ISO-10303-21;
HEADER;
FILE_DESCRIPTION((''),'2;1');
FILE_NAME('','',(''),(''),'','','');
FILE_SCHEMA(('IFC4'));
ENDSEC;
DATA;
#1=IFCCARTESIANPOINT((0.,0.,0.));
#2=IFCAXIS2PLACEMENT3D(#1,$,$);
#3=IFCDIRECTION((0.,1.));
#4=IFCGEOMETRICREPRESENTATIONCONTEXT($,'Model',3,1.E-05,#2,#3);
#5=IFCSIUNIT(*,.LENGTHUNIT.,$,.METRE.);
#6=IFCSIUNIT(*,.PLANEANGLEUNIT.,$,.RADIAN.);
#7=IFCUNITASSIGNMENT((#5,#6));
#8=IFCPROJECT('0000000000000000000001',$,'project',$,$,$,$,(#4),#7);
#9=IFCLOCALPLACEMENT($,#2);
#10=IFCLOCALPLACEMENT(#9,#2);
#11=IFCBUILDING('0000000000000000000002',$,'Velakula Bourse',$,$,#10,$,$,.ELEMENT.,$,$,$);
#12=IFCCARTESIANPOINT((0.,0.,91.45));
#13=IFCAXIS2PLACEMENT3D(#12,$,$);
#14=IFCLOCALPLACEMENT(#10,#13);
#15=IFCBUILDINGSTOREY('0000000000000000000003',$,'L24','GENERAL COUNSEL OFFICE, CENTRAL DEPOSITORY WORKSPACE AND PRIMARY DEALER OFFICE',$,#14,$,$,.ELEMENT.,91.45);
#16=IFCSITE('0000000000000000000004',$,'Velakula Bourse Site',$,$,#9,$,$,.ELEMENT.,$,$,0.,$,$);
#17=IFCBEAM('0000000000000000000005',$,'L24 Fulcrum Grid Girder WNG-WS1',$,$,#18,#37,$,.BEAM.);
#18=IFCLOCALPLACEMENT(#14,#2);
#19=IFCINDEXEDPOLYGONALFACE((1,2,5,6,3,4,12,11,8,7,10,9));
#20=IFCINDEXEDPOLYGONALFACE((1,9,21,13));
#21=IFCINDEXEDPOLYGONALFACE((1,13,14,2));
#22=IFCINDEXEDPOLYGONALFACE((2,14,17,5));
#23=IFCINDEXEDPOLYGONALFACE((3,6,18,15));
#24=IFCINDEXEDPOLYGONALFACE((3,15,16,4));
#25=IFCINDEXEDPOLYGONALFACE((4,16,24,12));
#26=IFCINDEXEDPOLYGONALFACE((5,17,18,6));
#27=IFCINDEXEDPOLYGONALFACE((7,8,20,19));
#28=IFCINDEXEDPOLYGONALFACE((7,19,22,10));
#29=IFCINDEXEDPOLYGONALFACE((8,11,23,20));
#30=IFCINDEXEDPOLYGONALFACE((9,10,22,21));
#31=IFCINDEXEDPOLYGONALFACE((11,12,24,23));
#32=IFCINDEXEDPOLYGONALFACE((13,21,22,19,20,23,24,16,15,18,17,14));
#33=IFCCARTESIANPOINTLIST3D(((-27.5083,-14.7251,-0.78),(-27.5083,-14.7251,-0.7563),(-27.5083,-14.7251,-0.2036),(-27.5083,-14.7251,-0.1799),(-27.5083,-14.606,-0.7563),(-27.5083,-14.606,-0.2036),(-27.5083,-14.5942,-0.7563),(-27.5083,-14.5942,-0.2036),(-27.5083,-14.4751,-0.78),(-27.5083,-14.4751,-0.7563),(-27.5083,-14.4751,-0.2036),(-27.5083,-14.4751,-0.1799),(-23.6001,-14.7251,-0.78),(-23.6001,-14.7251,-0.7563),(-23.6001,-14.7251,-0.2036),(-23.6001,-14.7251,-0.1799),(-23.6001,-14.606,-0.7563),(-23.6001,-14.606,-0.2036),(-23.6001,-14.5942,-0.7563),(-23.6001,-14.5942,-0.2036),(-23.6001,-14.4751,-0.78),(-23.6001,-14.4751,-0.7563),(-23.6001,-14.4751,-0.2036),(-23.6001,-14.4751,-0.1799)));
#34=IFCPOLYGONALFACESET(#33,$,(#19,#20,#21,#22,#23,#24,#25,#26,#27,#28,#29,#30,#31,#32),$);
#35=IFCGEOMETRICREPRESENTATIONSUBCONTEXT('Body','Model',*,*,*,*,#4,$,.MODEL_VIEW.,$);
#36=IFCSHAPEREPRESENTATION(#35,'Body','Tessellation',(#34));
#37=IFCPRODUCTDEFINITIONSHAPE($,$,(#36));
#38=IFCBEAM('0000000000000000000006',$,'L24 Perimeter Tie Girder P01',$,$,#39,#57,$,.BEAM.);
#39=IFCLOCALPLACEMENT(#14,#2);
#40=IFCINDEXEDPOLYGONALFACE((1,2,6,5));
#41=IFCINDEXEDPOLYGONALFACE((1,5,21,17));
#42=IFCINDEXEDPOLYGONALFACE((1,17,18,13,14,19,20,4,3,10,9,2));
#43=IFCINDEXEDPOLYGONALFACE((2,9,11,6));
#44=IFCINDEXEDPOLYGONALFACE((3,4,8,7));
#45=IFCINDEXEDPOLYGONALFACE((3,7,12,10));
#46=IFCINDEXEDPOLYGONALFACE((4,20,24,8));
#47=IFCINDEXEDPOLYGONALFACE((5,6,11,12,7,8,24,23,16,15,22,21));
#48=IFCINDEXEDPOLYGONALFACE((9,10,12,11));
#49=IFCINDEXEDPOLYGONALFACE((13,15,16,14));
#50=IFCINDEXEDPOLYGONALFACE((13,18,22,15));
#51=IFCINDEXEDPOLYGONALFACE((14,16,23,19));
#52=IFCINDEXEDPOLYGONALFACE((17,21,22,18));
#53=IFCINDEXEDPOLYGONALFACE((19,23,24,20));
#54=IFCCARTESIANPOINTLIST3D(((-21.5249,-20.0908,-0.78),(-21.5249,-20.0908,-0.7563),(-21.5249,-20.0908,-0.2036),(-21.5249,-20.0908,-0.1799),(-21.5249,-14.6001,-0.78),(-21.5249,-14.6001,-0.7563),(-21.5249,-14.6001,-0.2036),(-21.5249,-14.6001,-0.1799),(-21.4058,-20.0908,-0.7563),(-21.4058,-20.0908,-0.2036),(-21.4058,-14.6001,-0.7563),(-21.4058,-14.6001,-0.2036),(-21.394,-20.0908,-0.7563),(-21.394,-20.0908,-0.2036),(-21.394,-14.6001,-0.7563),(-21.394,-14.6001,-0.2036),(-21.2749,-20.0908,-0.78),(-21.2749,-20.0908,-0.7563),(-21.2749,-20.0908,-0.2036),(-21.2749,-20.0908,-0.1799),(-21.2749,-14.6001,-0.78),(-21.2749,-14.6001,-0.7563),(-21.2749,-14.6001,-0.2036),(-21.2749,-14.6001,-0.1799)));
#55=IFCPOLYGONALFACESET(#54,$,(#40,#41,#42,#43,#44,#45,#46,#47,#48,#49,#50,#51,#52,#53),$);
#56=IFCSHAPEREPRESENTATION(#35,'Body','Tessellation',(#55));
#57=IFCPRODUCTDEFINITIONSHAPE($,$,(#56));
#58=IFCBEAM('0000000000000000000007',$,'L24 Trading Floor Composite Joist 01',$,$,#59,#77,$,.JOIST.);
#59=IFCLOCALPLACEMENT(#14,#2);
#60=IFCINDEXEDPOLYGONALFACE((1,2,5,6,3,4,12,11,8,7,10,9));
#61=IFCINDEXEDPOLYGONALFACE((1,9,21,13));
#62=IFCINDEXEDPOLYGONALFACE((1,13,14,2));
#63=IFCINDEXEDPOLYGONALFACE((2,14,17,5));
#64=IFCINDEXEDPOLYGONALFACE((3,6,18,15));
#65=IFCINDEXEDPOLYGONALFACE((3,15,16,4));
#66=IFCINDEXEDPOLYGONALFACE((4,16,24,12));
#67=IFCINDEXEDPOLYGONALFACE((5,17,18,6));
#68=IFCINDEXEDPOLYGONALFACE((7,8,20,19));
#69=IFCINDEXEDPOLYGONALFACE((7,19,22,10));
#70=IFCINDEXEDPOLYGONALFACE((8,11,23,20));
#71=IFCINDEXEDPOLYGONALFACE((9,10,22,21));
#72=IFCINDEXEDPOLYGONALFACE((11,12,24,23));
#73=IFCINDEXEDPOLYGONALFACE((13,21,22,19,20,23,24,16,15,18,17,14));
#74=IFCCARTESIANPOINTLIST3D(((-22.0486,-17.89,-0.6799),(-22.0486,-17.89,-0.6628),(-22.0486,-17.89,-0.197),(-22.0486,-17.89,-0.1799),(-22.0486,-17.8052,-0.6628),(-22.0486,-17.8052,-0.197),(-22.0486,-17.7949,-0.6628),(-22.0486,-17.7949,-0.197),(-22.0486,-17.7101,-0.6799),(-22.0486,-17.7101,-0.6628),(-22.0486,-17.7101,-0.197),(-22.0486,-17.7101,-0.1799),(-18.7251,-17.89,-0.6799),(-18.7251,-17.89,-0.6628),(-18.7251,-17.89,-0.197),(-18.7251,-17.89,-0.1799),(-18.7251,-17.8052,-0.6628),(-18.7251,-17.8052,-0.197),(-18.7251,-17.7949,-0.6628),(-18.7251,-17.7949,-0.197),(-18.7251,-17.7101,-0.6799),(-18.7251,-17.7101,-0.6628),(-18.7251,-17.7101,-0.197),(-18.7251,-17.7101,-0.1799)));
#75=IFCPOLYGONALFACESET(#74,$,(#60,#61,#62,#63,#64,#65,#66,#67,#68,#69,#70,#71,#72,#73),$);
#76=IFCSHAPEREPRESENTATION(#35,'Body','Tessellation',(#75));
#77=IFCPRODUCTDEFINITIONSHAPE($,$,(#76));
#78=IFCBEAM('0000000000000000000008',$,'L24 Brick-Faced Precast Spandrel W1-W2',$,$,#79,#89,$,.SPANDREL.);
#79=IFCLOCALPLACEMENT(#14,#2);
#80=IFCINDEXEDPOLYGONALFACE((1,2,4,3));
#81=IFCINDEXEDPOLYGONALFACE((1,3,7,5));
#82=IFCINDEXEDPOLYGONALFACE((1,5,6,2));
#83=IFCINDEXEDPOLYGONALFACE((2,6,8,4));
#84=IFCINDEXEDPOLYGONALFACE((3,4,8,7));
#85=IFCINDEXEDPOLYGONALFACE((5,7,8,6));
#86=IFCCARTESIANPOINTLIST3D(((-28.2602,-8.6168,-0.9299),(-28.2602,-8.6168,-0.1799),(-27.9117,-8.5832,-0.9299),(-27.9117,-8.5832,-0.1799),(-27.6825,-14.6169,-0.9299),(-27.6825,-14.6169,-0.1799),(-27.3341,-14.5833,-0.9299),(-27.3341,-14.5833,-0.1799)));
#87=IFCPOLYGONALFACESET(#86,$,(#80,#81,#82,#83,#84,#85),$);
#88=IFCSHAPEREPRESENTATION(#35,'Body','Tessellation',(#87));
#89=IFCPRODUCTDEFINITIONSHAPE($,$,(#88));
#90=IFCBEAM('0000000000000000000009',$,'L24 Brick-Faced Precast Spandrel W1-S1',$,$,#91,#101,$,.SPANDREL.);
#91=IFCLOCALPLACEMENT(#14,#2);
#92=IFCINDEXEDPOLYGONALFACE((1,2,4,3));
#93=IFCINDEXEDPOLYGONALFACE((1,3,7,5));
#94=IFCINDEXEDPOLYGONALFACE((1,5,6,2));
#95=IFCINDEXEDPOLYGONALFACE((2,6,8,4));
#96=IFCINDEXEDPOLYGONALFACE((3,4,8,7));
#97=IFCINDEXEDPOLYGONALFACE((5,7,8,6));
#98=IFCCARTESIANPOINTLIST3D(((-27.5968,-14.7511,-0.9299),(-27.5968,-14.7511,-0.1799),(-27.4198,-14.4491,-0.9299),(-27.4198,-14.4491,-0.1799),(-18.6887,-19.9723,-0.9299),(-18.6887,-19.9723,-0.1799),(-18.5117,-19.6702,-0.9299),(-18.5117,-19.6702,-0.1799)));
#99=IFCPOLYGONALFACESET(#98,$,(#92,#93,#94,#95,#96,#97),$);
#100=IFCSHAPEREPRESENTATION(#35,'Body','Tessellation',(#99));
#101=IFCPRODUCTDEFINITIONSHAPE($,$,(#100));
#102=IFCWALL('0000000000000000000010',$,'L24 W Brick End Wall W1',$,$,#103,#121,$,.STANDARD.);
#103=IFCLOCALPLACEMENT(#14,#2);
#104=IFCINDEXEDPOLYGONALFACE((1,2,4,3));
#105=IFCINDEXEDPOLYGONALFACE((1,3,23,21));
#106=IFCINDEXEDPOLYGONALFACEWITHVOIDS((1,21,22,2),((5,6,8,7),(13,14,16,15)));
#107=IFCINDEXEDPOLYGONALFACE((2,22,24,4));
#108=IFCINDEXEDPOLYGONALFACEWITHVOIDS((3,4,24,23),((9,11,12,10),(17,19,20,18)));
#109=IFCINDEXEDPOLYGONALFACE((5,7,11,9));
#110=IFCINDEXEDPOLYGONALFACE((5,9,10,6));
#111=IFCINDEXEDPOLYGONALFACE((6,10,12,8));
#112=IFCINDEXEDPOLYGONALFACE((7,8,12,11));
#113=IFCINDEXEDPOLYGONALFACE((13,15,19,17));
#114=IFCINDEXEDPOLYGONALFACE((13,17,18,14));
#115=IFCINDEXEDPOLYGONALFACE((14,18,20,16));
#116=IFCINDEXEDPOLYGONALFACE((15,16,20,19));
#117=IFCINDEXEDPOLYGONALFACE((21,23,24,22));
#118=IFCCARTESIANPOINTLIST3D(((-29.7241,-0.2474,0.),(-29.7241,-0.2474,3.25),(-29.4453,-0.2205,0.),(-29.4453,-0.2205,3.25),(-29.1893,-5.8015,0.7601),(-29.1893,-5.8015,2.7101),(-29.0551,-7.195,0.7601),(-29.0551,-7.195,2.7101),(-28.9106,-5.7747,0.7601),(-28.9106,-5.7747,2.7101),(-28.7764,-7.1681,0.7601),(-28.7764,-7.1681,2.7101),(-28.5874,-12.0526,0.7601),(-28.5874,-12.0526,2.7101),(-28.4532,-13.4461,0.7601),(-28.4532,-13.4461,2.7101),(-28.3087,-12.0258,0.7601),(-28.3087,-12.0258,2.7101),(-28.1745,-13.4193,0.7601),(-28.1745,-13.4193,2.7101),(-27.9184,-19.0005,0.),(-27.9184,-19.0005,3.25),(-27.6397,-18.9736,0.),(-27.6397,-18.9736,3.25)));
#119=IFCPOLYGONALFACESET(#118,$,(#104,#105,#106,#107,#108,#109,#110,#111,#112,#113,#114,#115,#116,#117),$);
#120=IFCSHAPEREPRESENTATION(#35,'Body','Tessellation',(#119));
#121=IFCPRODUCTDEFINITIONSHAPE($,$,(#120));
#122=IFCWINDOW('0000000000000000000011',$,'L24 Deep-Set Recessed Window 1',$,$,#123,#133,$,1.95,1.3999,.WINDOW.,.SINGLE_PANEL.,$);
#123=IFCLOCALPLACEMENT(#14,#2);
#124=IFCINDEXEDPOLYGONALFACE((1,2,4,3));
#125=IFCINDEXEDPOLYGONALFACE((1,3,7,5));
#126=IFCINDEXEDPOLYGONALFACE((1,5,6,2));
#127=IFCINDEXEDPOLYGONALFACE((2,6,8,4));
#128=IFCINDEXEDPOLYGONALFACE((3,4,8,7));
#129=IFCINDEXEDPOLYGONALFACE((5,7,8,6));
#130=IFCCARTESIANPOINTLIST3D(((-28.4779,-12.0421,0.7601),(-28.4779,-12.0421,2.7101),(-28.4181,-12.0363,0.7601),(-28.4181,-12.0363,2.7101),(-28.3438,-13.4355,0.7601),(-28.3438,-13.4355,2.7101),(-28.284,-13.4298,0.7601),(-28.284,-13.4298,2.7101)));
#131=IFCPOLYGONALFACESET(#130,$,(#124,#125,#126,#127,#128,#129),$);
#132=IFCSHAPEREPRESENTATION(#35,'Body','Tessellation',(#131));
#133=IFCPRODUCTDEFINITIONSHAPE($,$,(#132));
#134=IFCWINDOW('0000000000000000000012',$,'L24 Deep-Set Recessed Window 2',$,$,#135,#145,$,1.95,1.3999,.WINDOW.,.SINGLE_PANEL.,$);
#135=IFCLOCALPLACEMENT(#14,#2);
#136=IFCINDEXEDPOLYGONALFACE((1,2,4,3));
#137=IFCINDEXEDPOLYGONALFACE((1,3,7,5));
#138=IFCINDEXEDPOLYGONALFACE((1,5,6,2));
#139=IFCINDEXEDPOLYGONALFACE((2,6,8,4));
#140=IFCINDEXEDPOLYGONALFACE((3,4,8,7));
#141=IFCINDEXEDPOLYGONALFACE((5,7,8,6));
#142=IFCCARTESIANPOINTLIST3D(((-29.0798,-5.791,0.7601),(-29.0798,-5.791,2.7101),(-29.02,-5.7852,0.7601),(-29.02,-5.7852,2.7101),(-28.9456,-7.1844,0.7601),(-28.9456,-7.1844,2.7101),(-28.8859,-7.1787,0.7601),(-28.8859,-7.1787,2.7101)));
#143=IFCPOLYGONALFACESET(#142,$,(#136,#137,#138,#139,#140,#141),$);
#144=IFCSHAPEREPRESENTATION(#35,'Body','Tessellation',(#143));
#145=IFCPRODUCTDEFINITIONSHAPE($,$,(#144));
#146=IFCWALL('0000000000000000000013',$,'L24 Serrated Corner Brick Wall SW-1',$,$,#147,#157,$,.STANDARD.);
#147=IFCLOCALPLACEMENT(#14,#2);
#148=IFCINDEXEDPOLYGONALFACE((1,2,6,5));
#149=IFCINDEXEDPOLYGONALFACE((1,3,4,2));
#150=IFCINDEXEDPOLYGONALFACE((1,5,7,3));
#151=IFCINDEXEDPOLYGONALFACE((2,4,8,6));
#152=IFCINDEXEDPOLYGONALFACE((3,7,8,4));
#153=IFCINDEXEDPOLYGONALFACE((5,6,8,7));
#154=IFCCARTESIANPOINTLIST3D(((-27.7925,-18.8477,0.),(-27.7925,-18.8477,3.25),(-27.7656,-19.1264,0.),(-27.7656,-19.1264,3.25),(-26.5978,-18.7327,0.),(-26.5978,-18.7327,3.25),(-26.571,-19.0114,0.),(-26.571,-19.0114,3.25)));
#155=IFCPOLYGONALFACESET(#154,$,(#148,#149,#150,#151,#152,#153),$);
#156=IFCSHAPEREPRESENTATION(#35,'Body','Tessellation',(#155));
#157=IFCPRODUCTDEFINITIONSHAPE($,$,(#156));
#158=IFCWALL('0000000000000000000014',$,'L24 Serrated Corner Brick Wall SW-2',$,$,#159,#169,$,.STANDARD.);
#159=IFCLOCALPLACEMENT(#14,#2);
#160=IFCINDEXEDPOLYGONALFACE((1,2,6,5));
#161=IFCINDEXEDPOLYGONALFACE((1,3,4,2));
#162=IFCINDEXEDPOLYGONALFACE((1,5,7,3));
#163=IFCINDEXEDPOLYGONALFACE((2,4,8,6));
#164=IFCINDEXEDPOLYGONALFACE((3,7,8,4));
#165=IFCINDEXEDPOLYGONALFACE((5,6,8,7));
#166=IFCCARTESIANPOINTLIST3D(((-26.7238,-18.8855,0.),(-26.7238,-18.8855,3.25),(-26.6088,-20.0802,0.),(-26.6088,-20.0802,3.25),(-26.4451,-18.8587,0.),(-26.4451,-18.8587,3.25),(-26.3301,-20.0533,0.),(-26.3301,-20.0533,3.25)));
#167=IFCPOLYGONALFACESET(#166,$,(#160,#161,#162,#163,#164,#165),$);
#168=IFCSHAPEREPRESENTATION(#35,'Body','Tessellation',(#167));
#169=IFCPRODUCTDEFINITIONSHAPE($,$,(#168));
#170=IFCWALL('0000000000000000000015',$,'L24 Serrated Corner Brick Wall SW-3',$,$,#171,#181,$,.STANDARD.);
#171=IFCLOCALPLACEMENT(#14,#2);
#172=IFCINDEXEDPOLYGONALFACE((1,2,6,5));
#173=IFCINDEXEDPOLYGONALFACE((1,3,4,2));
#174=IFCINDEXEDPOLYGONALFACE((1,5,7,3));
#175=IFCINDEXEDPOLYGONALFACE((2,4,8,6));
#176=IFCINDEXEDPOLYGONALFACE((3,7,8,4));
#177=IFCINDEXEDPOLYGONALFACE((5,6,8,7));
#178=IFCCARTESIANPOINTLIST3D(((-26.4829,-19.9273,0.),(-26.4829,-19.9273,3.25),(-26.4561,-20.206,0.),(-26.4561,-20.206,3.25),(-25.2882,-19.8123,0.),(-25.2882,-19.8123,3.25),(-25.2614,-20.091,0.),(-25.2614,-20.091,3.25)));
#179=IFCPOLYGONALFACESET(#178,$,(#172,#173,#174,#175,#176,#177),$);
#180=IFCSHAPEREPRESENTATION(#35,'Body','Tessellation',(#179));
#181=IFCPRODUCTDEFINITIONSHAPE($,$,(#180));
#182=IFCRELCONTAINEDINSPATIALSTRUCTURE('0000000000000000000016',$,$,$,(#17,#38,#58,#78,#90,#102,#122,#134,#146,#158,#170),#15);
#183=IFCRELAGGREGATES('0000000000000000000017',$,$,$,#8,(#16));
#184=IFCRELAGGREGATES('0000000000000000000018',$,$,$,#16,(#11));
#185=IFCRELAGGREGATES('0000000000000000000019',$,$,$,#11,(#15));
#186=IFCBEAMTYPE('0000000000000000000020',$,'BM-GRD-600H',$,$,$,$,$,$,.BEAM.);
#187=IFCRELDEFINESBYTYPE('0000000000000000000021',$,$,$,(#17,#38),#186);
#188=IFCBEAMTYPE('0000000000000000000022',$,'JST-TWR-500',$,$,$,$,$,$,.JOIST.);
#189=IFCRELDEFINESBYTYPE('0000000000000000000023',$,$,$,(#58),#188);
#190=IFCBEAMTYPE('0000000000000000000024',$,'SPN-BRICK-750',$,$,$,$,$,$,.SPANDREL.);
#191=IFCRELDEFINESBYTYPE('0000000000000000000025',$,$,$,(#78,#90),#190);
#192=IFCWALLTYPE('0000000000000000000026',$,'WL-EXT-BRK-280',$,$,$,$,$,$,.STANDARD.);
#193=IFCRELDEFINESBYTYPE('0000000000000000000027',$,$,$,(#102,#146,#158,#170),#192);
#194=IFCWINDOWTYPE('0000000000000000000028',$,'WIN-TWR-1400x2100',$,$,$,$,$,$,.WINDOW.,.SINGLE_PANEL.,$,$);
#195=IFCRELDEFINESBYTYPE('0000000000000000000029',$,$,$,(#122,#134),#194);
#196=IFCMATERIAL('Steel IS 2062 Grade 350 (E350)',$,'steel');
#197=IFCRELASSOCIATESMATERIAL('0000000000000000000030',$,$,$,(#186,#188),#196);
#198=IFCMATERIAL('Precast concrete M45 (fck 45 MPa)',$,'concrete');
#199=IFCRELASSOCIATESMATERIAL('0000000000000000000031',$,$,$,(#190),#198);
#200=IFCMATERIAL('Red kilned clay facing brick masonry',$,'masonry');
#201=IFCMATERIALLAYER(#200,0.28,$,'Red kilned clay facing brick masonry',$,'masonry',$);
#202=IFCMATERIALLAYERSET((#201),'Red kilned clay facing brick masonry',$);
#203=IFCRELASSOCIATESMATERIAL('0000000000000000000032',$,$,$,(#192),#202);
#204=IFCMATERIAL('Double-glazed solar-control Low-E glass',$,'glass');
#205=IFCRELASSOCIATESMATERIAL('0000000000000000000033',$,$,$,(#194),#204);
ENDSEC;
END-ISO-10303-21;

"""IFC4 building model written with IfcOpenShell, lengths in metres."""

from ifc_helpers import new_model, si_unit, direction, frame, frame_2d, origin, origin_2d, place, context, subcontext, project, spatial, rectangle, i_section, extrude, material, layer, layer_set, material_profile, profile_set, type_object, element, fill, save


model = new_model("IFC4")

# Units and contexts
model_context = context("Model", 3, precision=1e-05, world=origin(), true_north=direction((0.0, 1.0)))
body_context = subcontext(model_context, "Body", "Model", "MODEL_VIEW")
ifc_project = project(units=[si_unit("LENGTHUNIT", "METRE"), si_unit("PLANEANGLEUNIT", "RADIAN")], contexts=[model_context])

# Site, building, storey
site_placement = place(None, origin())
site = spatial("IfcSite", under=ifc_project, at=site_placement, Name="Velakula Bourse Site", CompositionType="ELEMENT", RefElevation=0.0)
building_placement = place(site_placement, origin())
building = spatial("IfcBuilding", under=site, at=building_placement, Name="Velakula Bourse", CompositionType="ELEMENT")
storey_placement = place(building_placement, frame((0.0, 0.0, 91.45)))
storey = spatial("IfcBuildingStorey", under=building, at=storey_placement, Name="L24", Description="GENERAL COUNSEL OFFICE, CENTRAL DEPOSITORY WORKSPACE AND PRIMARY DEALER OFFICE", CompositionType="ELEMENT", Elevation=91.45)

# Shared definitions
ifc_material_1 = material(Name="Precast concrete M45 (fck 45 MPa)", Category="concrete")

# Beams
ifc_material_2 = material(Name="Steel IS 2062 Grade 350 (E350)", Category="steel")
ifc_material_profile_1 = material_profile(ifc_material_2, i_section(OverallWidth=0.25, OverallDepth=0.6001, WebThickness=0.0117, FlangeThickness=0.0237, at=origin_2d()), Name="Steel IS 2062 Grade 350 (E350)")
ifc_profile_set_1 = profile_set([ifc_material_profile_1], Name="Steel IS 2062 Grade 350 (E350)")
beam_type_1 = type_object("IfcBeamType", Name="BM-GRD-600H", PredefinedType="BEAM", material=ifc_profile_set_1)
beam_1_placement = place(storey_placement, frame((-27.5083, -14.6001, -0.48), z_axis=(1.0, 0.0, 0.0), x_axis=(0.0, 1.0, 0.0)))
element("IfcBeam", 1, at=beam_1_placement, inside=storey, type_object=beam_type_1, Name="L24 Fulcrum Grid Girder WNG-WS1", PredefinedType="BEAM", context=body_context, shape_type="SweptSolid", body=[
    extrude(i_section(OverallWidth=0.25, OverallDepth=0.6001, WebThickness=0.0117, FlangeThickness=0.0237, at=origin_2d()), origin(), (0.0, 0.0, 1.0), 3.9082),
])
beam_2_placement = place(storey_placement, frame((-21.3999, -14.6001, -0.48), z_axis=(0.0, -1.0, 0.0), x_axis=(1.0, 0.0, 0.0)))
element("IfcBeam", 2, at=beam_2_placement, inside=storey, type_object=beam_type_1, Name="L24 Perimeter Tie Girder P01", PredefinedType="BEAM", context=body_context, shape_type="SweptSolid", body=[
    extrude(i_section(OverallWidth=0.25, OverallDepth=0.6001, WebThickness=0.0117, FlangeThickness=0.0237, at=origin_2d()), origin(), (0.0, 0.0, 1.0), 5.4907),
])
ifc_material_profile_2 = material_profile(ifc_material_2, i_section(OverallWidth=0.1799, OverallDepth=0.5, WebThickness=0.0103, FlangeThickness=0.0171, at=origin_2d()), Name="Steel IS 2062 Grade 350 (E350)")
ifc_profile_set_2 = profile_set([ifc_material_profile_2], Name="Steel IS 2062 Grade 350 (E350)")
beam_type_2 = type_object("IfcBeamType", Name="JST-TWR-500", PredefinedType="JOIST", material=ifc_profile_set_2)
beam_3_placement = place(storey_placement, frame((-22.0486, -17.8, -0.4299), z_axis=(1.0, 0.0, 0.0), x_axis=(0.0, 1.0, 0.0)))
element("IfcBeam", 3, at=beam_3_placement, inside=storey, type_object=beam_type_2, Name="L24 Trading Floor Composite Joist 01", PredefinedType="JOIST", context=body_context, shape_type="SweptSolid", body=[
    extrude(i_section(OverallWidth=0.1799, OverallDepth=0.5, WebThickness=0.0103, FlangeThickness=0.0171, at=origin_2d()), origin(), (0.0, 0.0, 1.0), 3.3235),
])
ifc_material_profile_3 = material_profile(ifc_material_1, rectangle(XDim=0.3501, YDim=0.75, at=origin_2d()), Name="Precast concrete M45 (fck 45 MPa)")
ifc_profile_set_3 = profile_set([ifc_material_profile_3], Name="Precast concrete M45 (fck 45 MPa)")
beam_type_3 = type_object("IfcBeamType", Name="SPN-BRICK-750", PredefinedType="SPANDREL", material=ifc_profile_set_3)
beam_4_placement = place(storey_placement, frame((-27.5083, -14.6001, -0.5549), z_axis=(-0.09583, 0.995398, 0.0), x_axis=(-0.995398, -0.09583, 0.0)))
element("IfcBeam", 4, at=beam_4_placement, inside=storey, type_object=beam_type_3, Name="L24 Brick-Faced Precast Spandrel W1-W2", PredefinedType="SPANDREL", context=body_context, shape_type="SweptSolid", body=[
    extrude(rectangle(XDim=0.3501, YDim=0.75, at=origin_2d()), origin(), (0.0, 0.0, 1.0), 6.0278),
])
beam_5_placement = place(storey_placement, frame((-27.5083, -14.6001, -0.5549), z_axis=(0.862734, -0.505658, 0.0), x_axis=(0.505658, 0.862734, 0.0)))
element("IfcBeam", 5, at=beam_5_placement, inside=storey, type_object=beam_type_3, Name="L24 Brick-Faced Precast Spandrel W1-S1", PredefinedType="SPANDREL", context=body_context, shape_type="SweptSolid", body=[
    extrude(rectangle(XDim=0.3501, YDim=0.75, at=origin_2d()), origin(), (0.0, 0.0, 1.0), 10.3254),
])

# Wall, openings, windows
ifc_material_3 = material(Name="Red kilned clay facing brick masonry", Category="masonry")
ifc_layer_1 = layer(ifc_material_3, 0.28, Name="Red kilned clay facing brick masonry", Category="masonry")
ifc_layer_set_1 = layer_set([ifc_layer_1], Name="Red kilned clay facing brick masonry")
wall_type_1 = type_object("IfcWallType", Name="WL-EXT-BRK-280", PredefinedType="STANDARD", material=ifc_layer_set_1)
wall_1_placement = place(storey_placement, frame((-27.7791, -18.9871, 0.0), z_axis=(0.0, 0.0, 1.0), x_axis=(-0.095843, 0.995397, 0.0)))
wall_1 = element("IfcWall", 6, at=wall_1_placement, inside=storey, type_object=wall_type_1, Name="L24 W Brick End Wall W1", PredefinedType="STANDARD", context=body_context, shape_type="SweptSolid", body=[
    extrude(rectangle(XDim=18.8398, YDim=0.28, at=frame_2d((9.4199, 0.0))), origin(), (0.0, 0.0, 1.0), 3.25),
])
opening_1_placement = place(wall_1_placement, frame((5.5801, 0.0, 0.76)))
opening_1 = element("IfcOpeningElement", 7, at=opening_1_placement, cuts=wall_1, PredefinedType="OPENING", context=body_context, shape_type="SweptSolid", body=[
    extrude(rectangle(XDim=1.3999, YDim=1.95, at=frame_2d((0.7, 0.9751))), frame((0.0, 0.1499, 0.0), z_axis=(0.0, -1.0, 0.0), x_axis=(1.0, 0.0, 0.0)), (0.0, 0.0, 1.0), 0.3),
])
opening_2_placement = place(wall_1_placement, frame((11.8601, 0.0, 0.76)))
opening_2 = element("IfcOpeningElement", 8, at=opening_2_placement, cuts=wall_1, PredefinedType="OPENING", context=body_context, shape_type="SweptSolid", body=[
    extrude(rectangle(XDim=1.3999, YDim=1.95, at=frame_2d((0.7, 0.9751))), frame((0.0, 0.1499, 0.0), z_axis=(0.0, -1.0, 0.0), x_axis=(1.0, 0.0, 0.0)), (0.0, 0.0, 1.0), 0.3),
])
ifc_material_4 = material(Name="Double-glazed solar-control Low-E glass", Category="glass")
window_type = type_object("IfcWindowType", Name="WIN-TWR-1400x2100", PartitioningType="SINGLE_PANEL", PredefinedType="WINDOW", material=ifc_material_4)
window_1_placement = place(opening_1_placement, origin())
window_1 = element("IfcWindow", 9, at=window_1_placement, inside=storey, type_object=window_type, Name="L24 Deep-Set Recessed Window 1", OverallHeight=1.95, OverallWidth=1.3999, PartitioningType="SINGLE_PANEL", PredefinedType="WINDOW", context=body_context, shape_type="SweptSolid", body=[
    extrude(rectangle(XDim=1.3999, YDim=1.95, at=frame_2d((0.7, 0.9751))), frame((0.0, 0.03, 0.0), z_axis=(0.0, -1.0, 0.0), x_axis=(1.0, 0.0, 0.0)), (0.0, 0.0, 1.0), 0.0601),
])
fill(opening_1, window_1)
window_2_placement = place(opening_2_placement, origin())
window_2 = element("IfcWindow", 10, at=window_2_placement, inside=storey, type_object=window_type, Name="L24 Deep-Set Recessed Window 2", OverallHeight=1.95, OverallWidth=1.3999, PartitioningType="SINGLE_PANEL", PredefinedType="WINDOW", context=body_context, shape_type="SweptSolid", body=[
    extrude(rectangle(XDim=1.3999, YDim=1.95, at=frame_2d((0.7, 0.9751))), frame((0.0, 0.03, 0.0), z_axis=(0.0, -1.0, 0.0), x_axis=(1.0, 0.0, 0.0)), (0.0, 0.0, 1.0), 0.0601),
])
fill(opening_2, window_2)

# Walls
for number, where, z_axis, x_axis, name in (
    (11, (-27.7791, -18.9871, 0.0), (0.0, 0.0, 1.0), (0.995399, 0.095817, 0.0), "L24 Serrated Corner Brick Wall SW-1"),
    (12, (-26.5845, -18.8721, 0.0), (0.0, 0.0, 1.0), (0.095817, -0.995399, 0.0), "L24 Serrated Corner Brick Wall SW-2"),
    (13, (-26.4695, -20.0667, 0.0), (0.0, 0.0, 1.0), (0.995399, 0.095817, 0.0), "L24 Serrated Corner Brick Wall SW-3"),
):
    element("IfcWall", number, at=place(storey_placement, frame(where, z_axis=z_axis, x_axis=x_axis)), inside=storey, type_object=wall_type_1, Name=name, PredefinedType="STANDARD", context=body_context, shape_type="SweptSolid", body=[
        extrude(rectangle(XDim=1.2002, YDim=0.28, at=frame_2d((0.6001, 0.0))), origin(), (0.0, 0.0, 1.0), 3.25),
    ])

save(model, "model.ifc")
